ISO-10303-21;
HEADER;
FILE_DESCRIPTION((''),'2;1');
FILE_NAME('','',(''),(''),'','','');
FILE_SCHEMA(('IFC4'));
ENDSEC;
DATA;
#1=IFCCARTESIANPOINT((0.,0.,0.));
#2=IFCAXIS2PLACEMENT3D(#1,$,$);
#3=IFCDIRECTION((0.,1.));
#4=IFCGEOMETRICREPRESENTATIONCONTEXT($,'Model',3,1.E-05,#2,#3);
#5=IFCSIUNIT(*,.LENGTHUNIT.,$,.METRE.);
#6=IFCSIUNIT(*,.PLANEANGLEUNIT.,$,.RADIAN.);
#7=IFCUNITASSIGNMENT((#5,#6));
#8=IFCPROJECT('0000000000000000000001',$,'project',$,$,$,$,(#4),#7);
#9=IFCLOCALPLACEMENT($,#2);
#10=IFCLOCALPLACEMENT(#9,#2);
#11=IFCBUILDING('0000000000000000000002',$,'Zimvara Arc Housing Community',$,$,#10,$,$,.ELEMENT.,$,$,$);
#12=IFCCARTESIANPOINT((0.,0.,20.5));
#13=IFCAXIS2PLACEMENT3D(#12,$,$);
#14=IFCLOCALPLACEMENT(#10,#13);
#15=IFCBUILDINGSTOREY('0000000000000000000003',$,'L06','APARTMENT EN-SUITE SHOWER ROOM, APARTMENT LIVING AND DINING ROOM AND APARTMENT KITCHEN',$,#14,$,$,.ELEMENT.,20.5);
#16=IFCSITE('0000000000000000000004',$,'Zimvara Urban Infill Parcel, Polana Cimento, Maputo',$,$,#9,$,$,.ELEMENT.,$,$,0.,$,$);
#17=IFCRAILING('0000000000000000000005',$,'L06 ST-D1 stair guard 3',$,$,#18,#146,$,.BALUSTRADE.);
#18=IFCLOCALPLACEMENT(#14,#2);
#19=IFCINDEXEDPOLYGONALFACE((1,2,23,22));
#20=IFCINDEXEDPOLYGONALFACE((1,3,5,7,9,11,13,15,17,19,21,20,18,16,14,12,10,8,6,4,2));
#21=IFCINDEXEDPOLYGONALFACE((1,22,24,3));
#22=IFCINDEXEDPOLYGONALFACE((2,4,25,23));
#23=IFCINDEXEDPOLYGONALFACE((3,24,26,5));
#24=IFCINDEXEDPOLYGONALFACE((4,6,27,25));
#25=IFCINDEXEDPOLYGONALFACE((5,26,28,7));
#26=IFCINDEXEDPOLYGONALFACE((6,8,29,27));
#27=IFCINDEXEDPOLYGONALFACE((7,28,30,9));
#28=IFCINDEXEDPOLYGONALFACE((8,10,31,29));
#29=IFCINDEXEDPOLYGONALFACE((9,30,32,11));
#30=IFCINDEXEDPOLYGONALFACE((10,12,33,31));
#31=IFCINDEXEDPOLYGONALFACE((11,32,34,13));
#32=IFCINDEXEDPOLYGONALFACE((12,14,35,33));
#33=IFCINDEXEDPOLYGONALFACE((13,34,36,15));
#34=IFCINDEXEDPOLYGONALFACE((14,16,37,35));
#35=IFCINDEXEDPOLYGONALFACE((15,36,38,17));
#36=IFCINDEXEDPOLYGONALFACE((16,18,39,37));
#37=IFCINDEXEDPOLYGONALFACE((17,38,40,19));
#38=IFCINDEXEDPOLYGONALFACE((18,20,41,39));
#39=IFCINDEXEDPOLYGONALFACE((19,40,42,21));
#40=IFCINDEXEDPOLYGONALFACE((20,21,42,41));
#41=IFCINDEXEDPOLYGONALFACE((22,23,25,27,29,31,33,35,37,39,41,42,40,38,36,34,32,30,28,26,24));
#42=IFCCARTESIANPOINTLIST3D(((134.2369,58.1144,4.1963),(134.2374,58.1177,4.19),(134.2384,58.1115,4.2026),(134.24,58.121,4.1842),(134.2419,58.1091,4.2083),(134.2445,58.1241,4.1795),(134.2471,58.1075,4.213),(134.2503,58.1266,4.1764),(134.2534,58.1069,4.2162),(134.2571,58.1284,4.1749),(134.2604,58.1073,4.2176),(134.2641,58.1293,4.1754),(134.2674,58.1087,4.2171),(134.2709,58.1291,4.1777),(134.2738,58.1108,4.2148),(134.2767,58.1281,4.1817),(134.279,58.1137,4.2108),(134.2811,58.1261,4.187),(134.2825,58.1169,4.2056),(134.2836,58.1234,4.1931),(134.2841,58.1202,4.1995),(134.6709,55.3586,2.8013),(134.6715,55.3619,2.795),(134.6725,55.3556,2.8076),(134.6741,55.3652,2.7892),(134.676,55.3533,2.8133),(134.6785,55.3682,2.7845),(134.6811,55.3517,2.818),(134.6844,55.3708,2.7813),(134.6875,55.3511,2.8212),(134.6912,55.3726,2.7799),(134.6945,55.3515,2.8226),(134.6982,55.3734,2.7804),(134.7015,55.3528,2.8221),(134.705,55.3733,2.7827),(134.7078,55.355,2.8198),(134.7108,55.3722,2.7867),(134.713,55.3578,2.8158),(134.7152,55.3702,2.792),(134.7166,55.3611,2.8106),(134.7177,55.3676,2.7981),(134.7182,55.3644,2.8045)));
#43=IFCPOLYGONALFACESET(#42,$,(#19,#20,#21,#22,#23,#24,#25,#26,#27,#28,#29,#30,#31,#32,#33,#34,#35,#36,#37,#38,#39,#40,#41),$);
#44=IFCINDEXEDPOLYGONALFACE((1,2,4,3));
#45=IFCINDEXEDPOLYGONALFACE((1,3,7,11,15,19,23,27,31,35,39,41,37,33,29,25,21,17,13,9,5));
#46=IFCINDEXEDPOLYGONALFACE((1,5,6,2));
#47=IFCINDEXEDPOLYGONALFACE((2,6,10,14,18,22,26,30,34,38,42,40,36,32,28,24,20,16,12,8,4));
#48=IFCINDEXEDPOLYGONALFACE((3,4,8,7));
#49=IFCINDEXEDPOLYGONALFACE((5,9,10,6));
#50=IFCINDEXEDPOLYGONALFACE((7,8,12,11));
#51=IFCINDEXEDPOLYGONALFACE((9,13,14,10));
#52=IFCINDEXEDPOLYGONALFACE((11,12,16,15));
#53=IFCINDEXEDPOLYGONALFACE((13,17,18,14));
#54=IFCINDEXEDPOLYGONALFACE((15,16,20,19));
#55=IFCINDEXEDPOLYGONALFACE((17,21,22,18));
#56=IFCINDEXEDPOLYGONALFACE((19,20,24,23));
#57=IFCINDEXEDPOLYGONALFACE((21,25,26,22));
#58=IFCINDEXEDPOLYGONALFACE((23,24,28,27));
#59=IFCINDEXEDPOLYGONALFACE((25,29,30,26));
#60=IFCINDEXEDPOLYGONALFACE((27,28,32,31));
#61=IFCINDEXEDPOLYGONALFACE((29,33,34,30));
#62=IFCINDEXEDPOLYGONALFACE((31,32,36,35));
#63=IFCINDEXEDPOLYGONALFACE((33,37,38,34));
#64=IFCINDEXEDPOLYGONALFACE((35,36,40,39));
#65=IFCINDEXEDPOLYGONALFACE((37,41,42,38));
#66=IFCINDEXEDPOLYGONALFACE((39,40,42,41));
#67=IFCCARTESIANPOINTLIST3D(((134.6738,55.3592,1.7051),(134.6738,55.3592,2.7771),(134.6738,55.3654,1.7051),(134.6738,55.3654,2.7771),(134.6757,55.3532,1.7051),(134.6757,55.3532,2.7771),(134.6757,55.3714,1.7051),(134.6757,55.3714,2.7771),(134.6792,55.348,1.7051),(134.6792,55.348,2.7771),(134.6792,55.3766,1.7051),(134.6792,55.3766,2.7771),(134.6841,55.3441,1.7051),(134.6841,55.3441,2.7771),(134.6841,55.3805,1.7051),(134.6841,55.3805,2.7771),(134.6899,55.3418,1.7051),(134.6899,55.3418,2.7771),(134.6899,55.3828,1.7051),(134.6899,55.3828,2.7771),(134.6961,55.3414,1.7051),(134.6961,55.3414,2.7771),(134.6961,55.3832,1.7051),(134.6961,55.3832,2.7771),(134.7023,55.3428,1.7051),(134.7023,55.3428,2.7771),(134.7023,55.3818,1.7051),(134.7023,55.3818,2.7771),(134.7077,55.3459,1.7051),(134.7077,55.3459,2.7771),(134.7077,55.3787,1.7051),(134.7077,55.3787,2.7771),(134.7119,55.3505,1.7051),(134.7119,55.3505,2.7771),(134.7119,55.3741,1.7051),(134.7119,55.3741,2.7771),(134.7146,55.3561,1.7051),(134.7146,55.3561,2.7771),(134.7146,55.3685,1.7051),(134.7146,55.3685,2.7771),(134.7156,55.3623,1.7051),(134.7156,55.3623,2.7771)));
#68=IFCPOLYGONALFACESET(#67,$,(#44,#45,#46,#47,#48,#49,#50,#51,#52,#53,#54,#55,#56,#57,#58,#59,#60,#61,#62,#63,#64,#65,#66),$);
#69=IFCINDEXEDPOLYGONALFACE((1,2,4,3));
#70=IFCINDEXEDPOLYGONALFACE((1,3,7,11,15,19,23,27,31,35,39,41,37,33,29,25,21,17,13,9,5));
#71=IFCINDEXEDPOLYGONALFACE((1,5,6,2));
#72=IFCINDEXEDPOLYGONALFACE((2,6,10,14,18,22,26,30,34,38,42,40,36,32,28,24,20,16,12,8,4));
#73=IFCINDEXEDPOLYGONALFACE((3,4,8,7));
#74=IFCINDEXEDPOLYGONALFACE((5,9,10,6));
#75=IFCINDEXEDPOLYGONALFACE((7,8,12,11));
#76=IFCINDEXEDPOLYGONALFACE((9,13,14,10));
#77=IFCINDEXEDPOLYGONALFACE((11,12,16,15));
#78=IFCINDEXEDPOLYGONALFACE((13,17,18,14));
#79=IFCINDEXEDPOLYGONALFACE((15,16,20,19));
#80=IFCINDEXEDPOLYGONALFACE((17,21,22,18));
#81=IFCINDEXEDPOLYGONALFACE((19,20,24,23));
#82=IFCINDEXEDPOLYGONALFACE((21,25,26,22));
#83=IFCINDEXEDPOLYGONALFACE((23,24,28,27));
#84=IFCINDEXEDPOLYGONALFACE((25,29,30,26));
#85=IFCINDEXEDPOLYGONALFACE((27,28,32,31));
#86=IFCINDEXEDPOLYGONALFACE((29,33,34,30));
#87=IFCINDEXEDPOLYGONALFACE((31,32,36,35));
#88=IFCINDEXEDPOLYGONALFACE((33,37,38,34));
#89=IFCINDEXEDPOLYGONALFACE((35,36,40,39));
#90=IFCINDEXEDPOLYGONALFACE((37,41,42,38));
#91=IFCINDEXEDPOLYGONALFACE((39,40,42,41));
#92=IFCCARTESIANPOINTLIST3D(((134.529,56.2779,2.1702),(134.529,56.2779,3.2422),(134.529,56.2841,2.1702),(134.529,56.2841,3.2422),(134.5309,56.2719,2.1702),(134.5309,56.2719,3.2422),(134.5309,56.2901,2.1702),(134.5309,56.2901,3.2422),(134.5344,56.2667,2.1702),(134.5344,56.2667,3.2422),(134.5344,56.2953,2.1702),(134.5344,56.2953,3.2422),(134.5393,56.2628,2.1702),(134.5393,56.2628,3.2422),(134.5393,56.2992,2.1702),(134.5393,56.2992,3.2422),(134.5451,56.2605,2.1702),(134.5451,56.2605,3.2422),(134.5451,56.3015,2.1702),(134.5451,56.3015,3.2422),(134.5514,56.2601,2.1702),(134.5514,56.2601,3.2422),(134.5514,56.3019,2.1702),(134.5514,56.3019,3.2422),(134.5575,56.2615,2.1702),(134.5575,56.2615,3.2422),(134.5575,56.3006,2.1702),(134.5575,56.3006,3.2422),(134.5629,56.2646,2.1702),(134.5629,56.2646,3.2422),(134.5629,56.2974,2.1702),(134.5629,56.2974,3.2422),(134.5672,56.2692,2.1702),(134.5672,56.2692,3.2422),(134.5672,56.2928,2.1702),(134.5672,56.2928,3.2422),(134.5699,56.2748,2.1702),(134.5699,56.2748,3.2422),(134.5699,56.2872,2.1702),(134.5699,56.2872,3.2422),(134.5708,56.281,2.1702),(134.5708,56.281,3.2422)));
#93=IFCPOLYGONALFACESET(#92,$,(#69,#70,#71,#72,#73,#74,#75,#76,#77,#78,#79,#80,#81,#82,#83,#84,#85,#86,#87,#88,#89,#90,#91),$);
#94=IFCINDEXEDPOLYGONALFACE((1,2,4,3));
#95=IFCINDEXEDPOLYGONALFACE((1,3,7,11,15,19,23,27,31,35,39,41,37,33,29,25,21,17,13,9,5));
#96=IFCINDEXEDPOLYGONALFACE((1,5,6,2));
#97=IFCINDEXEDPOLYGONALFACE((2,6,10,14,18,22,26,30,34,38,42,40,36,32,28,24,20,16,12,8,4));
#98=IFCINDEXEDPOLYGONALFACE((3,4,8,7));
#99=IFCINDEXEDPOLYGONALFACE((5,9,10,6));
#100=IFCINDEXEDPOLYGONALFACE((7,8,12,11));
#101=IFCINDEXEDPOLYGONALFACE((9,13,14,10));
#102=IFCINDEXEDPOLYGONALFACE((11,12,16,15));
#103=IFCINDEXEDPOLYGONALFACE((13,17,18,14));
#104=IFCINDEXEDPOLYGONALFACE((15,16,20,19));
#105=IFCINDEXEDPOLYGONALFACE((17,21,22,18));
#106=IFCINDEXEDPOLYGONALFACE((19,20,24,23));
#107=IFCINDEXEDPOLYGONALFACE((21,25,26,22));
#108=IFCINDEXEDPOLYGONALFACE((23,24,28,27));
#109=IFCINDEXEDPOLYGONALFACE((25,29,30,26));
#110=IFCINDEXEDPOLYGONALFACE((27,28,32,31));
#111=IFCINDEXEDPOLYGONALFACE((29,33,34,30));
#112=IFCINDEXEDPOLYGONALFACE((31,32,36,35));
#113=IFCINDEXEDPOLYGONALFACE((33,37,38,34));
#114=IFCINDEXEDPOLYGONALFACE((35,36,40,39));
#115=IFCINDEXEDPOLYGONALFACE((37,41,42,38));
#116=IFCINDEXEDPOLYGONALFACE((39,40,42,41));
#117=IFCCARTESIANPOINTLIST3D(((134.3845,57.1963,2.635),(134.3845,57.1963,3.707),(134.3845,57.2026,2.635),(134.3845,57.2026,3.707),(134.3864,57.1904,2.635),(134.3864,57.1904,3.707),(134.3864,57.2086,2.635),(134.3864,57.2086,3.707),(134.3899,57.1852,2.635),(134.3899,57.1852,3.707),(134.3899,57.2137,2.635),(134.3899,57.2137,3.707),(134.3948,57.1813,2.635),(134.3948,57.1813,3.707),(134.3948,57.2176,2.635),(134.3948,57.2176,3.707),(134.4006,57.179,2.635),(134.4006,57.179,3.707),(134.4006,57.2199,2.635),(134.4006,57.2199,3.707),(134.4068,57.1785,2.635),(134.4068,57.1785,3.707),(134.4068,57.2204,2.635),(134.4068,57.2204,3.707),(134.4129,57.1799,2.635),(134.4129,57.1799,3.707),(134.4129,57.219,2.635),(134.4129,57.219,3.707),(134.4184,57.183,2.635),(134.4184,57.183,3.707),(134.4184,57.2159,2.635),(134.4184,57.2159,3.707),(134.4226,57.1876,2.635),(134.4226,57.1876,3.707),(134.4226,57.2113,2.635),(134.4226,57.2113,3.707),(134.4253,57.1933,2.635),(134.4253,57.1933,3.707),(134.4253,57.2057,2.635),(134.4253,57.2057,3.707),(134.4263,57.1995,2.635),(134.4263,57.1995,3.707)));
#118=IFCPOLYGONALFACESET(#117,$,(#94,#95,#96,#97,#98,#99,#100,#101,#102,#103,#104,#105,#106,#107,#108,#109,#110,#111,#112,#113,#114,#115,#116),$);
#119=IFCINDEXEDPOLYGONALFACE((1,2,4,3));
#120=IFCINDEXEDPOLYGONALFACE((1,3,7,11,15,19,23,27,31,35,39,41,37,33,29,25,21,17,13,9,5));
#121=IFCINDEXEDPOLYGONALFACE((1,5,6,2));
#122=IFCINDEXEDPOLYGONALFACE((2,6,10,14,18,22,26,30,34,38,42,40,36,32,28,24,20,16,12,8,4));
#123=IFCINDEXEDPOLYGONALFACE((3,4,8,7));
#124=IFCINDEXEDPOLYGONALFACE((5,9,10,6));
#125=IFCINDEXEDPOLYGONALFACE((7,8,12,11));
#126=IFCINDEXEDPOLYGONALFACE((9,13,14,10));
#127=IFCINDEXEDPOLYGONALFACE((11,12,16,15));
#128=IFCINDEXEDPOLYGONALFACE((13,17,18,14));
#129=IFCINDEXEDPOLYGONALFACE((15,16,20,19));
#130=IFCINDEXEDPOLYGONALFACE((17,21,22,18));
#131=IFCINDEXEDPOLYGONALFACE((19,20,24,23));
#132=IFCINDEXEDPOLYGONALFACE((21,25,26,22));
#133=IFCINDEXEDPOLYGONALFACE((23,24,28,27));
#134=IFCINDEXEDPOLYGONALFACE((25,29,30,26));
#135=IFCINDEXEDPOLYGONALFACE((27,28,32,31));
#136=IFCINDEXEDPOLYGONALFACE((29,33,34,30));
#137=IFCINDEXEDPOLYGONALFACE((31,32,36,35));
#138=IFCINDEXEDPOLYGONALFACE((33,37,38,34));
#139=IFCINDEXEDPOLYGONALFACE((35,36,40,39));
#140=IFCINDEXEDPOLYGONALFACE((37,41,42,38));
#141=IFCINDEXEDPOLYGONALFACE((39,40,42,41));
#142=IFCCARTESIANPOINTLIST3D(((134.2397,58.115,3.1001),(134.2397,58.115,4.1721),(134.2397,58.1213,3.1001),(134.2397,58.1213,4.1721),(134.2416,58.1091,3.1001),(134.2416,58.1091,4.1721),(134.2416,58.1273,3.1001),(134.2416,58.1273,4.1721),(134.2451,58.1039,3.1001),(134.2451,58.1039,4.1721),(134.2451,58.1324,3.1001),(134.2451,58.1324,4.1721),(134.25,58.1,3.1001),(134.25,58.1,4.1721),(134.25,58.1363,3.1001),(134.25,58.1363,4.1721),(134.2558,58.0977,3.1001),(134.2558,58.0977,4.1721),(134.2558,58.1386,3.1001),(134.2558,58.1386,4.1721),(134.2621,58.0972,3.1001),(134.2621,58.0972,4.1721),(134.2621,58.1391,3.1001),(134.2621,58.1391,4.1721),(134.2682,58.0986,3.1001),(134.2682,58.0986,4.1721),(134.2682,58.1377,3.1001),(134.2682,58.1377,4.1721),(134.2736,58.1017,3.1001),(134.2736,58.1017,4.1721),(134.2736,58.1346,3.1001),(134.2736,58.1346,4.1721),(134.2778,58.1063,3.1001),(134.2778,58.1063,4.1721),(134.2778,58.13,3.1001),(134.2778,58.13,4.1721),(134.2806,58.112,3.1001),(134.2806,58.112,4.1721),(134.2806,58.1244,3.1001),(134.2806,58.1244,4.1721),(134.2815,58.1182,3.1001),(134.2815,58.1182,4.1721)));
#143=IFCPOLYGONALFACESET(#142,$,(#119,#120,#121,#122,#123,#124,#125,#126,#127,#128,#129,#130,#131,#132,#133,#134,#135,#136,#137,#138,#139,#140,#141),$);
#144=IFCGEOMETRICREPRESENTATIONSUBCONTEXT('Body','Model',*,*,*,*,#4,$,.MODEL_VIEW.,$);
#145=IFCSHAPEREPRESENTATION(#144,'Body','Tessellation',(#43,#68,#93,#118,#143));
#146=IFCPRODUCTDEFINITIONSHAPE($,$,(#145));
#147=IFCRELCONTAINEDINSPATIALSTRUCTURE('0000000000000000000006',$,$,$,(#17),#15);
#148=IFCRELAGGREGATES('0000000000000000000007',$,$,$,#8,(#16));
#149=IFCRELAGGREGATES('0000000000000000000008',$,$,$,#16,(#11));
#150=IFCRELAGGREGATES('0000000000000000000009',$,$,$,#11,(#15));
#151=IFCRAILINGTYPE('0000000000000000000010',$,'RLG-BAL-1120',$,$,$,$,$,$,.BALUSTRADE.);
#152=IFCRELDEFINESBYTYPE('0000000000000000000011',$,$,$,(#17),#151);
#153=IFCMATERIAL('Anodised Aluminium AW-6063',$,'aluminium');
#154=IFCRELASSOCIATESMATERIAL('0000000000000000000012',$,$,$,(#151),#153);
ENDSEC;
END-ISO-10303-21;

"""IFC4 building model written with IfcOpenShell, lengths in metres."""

from ifc_helpers import new_model, si_unit, direction, frame, origin, origin_2d, place, context, subcontext, project, spatial, circle, extrude, material, type_object, element, save


model = new_model("IFC4")

# Units and contexts
model_context = context("Model", 3, precision=1e-05, world=origin(), true_north=direction((0.0, 1.0)))
body_context = subcontext(model_context, "Body", "Model", "MODEL_VIEW")
ifc_project = project(units=[si_unit("LENGTHUNIT", "METRE"), si_unit("PLANEANGLEUNIT", "RADIAN")], contexts=[model_context])

# Site, building, storey
site_placement = place(None, origin())
site = spatial("IfcSite", under=ifc_project, at=site_placement, Name="Zimvara Urban Infill Parcel, Polana Cimento, Maputo", CompositionType="ELEMENT", RefElevation=0.0)
building_placement = place(site_placement, origin())
building = spatial("IfcBuilding", under=site, at=building_placement, Name="Zimvara Arc Housing Community", CompositionType="ELEMENT")
storey_placement = place(building_placement, frame((0.0, 0.0, 20.5)))
storey = spatial("IfcBuildingStorey", under=building, at=storey_placement, Name="L06", Description="APARTMENT EN-SUITE SHOWER ROOM, APARTMENT LIVING AND DINING ROOM AND APARTMENT KITCHEN", CompositionType="ELEMENT", Elevation=20.5)

# Railing
ifc_material_1 = material(Name="Anodised Aluminium AW-6063", Category="aluminium")
railing_type_1 = type_object("IfcRailingType", Name="RLG-BAL-1120", PredefinedType="BALUSTRADE", material=ifc_material_1)
railing_1_placement = place(storey_placement, frame((134.6946, 55.3623, 1.7051)))
element("IfcRailing", 1, at=railing_1_placement, inside=storey, type_object=railing_type_1, Name="L06 ST-D1 stair guard 3", PredefinedType="BALUSTRADE", context=body_context, shape_type="SweptSolid", body=[
    extrude(circle(Radius=0.0239, at=origin_2d()), frame((0.0, 0.0, 1.0962), z_axis=(-0.139166, 0.883521, 0.44724), x_axis=(-0.987821, -0.155594, 0.0)), (0.0, 0.0, 1.0), 3.1191),
    extrude(circle(Radius=0.021, at=origin_2d()), origin(), (0.0, 0.0, 1.0), 1.072),
    extrude(circle(Radius=0.021, at=origin_2d()), frame((-0.1448, 0.9187, 0.4651)), (0.0, 0.0, 1.0), 1.072),
    extrude(circle(Radius=0.021, at=origin_2d()), frame((-0.2893, 1.8372, 0.9299)), (0.0, 0.0, 1.0), 1.072),
    extrude(circle(Radius=0.021, at=origin_2d()), frame((-0.4341, 2.7559, 1.395)), (0.0, 0.0, 1.0), 1.072),
])

save(model, "model.ifc")
